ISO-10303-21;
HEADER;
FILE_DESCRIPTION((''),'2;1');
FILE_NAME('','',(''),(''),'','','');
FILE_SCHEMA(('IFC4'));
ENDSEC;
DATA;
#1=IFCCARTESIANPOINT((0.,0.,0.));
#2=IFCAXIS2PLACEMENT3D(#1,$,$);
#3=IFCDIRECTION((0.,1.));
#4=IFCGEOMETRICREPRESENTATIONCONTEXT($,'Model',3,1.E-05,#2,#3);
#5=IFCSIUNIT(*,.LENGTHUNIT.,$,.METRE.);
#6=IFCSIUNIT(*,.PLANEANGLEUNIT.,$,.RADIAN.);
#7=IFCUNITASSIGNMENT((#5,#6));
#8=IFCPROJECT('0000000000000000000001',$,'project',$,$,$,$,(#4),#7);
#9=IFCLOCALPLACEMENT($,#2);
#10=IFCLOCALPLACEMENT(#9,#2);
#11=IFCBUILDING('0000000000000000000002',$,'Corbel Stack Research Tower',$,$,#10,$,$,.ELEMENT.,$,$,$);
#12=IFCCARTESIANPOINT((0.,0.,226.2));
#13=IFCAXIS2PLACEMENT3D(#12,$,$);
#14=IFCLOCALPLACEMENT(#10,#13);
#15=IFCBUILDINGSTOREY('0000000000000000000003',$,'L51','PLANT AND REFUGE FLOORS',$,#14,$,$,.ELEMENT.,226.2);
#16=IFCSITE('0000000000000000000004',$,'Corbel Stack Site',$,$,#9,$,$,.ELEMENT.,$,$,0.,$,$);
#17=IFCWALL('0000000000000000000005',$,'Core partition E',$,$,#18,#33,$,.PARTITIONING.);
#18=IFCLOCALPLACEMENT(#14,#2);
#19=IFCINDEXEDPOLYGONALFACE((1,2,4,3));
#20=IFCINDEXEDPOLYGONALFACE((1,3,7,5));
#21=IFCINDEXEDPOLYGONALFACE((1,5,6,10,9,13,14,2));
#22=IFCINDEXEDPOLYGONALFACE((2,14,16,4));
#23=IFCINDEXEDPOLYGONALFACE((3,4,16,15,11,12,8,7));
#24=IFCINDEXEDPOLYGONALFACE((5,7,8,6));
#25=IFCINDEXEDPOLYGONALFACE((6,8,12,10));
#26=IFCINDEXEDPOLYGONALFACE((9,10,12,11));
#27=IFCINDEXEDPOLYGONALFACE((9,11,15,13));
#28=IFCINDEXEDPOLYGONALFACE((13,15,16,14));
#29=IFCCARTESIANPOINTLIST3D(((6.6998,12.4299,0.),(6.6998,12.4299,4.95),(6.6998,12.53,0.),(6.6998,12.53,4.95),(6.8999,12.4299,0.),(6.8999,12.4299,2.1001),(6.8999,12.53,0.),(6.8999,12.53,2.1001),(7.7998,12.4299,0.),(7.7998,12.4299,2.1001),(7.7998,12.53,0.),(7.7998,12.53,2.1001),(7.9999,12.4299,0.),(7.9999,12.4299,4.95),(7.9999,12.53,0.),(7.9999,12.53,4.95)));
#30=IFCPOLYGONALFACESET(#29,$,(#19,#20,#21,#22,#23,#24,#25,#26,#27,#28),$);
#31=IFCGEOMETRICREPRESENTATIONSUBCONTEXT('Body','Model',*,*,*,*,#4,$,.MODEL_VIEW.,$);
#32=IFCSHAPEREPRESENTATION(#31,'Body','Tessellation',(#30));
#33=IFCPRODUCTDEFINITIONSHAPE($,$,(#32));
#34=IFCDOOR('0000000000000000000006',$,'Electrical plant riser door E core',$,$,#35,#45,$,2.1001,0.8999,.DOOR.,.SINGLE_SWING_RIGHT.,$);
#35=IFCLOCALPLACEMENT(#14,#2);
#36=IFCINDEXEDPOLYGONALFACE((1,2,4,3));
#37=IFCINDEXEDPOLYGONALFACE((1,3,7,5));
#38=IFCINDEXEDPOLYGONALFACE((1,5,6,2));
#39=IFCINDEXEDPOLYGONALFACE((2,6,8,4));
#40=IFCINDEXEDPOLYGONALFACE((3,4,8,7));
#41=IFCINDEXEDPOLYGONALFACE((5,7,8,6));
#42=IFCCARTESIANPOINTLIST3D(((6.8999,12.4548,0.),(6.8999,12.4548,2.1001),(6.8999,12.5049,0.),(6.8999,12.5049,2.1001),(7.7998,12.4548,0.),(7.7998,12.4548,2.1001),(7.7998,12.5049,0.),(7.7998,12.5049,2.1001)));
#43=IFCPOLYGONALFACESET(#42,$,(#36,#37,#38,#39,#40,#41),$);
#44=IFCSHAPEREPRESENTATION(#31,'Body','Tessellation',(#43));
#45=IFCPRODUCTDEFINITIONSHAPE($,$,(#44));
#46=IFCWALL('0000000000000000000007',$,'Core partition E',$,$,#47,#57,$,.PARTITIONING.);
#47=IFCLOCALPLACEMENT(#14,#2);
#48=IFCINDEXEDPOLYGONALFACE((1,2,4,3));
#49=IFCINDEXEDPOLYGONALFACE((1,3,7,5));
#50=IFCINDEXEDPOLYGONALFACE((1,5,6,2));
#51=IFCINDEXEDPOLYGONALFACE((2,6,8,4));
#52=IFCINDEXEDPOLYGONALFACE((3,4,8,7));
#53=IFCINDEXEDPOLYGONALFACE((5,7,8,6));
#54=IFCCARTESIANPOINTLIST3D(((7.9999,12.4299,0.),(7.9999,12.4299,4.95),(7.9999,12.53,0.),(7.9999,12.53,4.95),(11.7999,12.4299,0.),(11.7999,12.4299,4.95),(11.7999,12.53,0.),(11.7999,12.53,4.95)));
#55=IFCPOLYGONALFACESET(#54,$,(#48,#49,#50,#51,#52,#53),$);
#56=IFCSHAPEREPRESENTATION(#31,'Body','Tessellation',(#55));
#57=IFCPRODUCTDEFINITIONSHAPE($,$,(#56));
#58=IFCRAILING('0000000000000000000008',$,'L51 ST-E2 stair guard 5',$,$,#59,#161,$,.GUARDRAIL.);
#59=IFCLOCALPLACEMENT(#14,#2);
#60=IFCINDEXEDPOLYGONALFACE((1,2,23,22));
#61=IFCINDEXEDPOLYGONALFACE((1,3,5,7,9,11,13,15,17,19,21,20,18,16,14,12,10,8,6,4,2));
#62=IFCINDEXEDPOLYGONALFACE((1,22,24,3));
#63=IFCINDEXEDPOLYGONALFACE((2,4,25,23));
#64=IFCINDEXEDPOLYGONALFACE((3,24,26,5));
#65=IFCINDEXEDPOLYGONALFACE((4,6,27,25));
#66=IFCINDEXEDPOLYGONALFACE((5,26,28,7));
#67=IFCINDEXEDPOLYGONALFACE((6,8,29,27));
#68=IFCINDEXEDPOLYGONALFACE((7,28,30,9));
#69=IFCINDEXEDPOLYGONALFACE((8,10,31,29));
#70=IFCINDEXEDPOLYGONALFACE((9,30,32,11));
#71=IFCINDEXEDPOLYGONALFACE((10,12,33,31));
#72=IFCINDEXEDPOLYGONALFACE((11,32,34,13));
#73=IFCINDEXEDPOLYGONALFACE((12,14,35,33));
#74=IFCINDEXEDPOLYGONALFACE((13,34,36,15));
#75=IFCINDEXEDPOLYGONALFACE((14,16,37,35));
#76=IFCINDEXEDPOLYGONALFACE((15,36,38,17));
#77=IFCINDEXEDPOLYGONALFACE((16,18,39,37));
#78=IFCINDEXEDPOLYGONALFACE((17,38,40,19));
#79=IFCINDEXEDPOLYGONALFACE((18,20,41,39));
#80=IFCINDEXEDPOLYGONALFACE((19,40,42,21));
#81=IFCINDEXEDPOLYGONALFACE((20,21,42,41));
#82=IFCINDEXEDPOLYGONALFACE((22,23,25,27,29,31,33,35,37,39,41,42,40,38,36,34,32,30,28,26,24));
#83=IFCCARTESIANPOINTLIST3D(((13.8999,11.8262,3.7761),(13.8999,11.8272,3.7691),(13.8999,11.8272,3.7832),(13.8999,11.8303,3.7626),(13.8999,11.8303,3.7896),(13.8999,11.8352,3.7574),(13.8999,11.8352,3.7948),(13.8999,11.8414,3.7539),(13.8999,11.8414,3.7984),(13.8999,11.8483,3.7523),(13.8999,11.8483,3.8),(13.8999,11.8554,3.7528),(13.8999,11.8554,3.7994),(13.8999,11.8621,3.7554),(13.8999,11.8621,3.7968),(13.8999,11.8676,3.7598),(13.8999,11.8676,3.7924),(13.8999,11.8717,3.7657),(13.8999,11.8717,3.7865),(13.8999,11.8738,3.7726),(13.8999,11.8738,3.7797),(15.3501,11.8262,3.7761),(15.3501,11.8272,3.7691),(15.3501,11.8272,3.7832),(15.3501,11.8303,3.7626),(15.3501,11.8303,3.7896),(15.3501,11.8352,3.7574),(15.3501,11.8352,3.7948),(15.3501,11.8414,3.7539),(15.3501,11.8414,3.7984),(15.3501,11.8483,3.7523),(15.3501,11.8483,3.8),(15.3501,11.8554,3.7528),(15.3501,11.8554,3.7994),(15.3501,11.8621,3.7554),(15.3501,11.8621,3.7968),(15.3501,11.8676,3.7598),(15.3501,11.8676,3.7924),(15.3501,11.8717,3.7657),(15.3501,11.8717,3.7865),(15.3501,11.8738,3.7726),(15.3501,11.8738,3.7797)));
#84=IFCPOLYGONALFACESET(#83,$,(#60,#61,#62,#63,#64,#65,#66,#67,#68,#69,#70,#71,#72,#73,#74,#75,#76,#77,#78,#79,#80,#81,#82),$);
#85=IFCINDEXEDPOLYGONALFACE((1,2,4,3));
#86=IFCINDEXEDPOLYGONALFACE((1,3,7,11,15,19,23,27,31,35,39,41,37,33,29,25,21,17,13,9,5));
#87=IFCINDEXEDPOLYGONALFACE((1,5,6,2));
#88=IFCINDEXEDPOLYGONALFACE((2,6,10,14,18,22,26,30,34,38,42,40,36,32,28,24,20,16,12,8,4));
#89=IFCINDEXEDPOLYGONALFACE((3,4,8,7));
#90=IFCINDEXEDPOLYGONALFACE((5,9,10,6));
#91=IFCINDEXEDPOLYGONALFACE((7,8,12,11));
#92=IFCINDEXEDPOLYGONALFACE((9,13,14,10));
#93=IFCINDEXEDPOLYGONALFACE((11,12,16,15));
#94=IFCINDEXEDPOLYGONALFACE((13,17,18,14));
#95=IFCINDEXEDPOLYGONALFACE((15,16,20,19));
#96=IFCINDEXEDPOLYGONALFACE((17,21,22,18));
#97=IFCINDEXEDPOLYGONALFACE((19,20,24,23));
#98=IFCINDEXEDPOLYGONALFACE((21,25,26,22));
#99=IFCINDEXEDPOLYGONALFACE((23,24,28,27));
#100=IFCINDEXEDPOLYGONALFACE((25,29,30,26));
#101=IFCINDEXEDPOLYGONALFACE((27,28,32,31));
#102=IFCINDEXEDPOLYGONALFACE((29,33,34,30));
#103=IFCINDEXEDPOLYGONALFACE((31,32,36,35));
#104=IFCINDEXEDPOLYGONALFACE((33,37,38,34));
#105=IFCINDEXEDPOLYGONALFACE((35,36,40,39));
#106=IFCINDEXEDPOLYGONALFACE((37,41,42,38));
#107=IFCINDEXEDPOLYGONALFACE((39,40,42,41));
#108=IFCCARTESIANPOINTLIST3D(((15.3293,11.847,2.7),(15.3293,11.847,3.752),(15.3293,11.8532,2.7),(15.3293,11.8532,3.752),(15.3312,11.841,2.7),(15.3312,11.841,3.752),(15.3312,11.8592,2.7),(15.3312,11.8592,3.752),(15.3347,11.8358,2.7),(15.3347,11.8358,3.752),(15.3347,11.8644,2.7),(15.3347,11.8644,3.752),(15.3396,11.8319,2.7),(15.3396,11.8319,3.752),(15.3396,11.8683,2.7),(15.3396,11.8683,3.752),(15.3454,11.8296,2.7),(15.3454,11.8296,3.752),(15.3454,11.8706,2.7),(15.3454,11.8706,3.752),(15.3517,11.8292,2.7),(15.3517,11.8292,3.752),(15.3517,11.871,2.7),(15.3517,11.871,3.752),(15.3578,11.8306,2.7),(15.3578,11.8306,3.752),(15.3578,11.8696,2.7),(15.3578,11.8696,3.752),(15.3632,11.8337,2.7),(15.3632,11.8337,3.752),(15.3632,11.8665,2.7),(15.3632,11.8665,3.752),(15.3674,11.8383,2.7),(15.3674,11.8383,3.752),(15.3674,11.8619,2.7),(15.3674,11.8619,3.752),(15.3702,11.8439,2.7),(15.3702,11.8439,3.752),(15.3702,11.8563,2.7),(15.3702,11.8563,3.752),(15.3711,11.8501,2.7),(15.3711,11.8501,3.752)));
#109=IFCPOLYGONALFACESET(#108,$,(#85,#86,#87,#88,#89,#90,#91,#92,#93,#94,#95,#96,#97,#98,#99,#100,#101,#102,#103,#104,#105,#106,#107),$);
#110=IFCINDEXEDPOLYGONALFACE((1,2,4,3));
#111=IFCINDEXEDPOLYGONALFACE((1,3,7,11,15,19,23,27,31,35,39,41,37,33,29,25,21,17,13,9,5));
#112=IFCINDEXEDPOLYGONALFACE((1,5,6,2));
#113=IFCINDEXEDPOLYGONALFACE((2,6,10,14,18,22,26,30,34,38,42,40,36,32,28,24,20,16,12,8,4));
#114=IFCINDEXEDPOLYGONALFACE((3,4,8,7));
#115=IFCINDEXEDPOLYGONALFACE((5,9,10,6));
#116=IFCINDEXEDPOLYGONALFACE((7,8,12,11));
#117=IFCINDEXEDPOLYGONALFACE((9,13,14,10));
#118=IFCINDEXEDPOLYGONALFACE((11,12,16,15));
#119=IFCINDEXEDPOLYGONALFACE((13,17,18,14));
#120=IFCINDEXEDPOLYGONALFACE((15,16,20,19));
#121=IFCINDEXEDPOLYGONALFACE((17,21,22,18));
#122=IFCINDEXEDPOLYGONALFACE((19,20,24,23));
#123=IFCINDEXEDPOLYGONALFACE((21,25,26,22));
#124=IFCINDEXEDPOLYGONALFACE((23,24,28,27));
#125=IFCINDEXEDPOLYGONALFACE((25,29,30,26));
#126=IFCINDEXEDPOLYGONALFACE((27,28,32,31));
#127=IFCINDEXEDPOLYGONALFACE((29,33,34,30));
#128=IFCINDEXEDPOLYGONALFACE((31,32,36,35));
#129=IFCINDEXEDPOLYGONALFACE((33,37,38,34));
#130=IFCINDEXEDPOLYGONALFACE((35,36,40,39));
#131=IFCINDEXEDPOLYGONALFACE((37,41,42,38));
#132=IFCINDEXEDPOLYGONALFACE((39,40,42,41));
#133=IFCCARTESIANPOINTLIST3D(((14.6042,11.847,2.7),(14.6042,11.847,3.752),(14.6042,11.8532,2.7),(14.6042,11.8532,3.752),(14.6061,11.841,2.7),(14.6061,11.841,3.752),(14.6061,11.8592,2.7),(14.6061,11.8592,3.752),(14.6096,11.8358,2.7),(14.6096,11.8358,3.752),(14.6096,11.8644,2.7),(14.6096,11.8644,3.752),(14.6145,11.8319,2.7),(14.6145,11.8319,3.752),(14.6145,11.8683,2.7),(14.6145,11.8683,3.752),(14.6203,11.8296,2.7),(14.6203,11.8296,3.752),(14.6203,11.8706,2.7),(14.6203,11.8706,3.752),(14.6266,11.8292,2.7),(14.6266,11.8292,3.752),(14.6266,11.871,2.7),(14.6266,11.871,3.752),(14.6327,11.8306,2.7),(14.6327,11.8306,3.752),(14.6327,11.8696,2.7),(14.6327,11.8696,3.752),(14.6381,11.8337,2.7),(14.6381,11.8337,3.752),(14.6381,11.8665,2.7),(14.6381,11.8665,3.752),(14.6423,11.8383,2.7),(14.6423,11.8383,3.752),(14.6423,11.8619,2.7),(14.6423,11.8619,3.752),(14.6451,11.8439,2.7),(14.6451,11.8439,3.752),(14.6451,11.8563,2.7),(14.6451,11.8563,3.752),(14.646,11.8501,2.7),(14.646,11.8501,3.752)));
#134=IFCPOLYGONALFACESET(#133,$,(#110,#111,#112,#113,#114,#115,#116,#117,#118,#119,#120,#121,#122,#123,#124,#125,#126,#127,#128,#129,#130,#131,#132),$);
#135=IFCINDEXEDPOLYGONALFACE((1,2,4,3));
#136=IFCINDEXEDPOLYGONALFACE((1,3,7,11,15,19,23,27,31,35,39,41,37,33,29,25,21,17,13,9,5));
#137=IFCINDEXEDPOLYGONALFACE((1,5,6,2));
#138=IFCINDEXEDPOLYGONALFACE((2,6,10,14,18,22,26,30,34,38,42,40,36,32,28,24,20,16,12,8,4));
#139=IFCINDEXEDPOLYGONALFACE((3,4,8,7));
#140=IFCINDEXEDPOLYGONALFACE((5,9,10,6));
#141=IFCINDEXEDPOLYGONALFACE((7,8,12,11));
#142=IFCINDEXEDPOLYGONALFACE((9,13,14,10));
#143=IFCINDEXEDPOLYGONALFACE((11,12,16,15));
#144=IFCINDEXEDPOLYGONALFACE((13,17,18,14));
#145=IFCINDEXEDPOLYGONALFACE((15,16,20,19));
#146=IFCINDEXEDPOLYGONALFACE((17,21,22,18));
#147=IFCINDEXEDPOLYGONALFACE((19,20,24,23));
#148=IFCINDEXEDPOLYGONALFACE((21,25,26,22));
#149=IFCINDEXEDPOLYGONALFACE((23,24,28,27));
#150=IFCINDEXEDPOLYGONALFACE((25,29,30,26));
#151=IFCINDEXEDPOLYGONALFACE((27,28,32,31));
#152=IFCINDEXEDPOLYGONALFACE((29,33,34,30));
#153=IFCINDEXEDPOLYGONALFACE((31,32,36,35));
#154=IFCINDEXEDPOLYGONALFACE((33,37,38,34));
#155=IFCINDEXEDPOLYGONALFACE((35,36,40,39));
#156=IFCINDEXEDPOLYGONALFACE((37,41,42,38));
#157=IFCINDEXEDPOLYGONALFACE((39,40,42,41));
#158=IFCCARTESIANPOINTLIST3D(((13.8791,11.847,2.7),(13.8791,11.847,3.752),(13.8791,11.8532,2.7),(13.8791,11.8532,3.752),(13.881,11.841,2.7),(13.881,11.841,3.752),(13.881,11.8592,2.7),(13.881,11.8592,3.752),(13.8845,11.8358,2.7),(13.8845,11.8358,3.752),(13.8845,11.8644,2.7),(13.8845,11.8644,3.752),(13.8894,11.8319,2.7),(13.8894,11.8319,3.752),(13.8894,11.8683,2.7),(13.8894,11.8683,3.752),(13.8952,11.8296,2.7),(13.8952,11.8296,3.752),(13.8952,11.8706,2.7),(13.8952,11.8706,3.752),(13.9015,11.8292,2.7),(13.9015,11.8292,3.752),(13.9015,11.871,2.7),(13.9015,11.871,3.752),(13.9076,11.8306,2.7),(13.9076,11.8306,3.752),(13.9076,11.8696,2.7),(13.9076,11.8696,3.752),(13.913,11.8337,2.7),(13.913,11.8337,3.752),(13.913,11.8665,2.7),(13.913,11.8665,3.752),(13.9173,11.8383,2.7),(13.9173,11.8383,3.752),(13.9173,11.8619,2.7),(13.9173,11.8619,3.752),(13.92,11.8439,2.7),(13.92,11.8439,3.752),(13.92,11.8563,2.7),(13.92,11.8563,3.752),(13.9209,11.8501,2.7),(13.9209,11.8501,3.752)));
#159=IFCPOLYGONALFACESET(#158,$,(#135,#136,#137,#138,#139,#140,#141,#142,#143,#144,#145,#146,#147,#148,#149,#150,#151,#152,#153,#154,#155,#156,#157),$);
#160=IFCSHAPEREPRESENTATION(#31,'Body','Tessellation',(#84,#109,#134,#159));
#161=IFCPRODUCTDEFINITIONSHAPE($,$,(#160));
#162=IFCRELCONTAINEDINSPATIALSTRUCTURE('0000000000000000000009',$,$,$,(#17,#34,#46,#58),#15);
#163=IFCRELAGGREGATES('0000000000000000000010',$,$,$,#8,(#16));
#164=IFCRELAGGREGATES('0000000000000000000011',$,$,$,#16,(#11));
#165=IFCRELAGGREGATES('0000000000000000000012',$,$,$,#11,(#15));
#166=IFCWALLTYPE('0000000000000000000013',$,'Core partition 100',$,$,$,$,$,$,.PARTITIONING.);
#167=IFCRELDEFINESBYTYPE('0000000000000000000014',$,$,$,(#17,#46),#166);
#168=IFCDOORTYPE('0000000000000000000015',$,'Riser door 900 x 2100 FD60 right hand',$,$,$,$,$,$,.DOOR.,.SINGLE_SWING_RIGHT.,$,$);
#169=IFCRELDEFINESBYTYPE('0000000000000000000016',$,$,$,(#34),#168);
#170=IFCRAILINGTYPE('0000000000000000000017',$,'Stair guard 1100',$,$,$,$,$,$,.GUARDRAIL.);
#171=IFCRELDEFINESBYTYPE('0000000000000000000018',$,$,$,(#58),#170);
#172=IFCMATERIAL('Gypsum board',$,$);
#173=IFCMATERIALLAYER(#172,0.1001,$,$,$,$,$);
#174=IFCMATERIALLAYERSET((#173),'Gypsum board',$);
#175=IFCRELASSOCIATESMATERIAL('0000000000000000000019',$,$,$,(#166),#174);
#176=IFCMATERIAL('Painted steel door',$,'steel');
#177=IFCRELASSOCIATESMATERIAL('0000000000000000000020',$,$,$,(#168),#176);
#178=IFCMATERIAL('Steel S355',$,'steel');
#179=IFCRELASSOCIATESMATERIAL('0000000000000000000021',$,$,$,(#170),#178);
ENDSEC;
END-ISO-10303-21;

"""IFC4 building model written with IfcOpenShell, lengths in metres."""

from ifc_helpers import new_model, si_unit, direction, frame, frame_2d, origin, origin_2d, place, context, subcontext, project, spatial, rectangle, circle, extrude, material, layer, layer_set, type_object, element, fill, save


model = new_model("IFC4")

# Units and contexts
model_context = context("Model", 3, precision=1e-05, world=origin(), true_north=direction((0.0, 1.0)))
body_context = subcontext(model_context, "Body", "Model", "MODEL_VIEW")
ifc_project = project(units=[si_unit("LENGTHUNIT", "METRE"), si_unit("PLANEANGLEUNIT", "RADIAN")], contexts=[model_context])

# Site, building, storey
site_placement = place(None, origin())
site = spatial("IfcSite", under=ifc_project, at=site_placement, Name="Corbel Stack Site", CompositionType="ELEMENT", RefElevation=0.0)
building_placement = place(site_placement, origin())
building = spatial("IfcBuilding", under=site, at=building_placement, Name="Corbel Stack Research Tower", CompositionType="ELEMENT")
storey_placement = place(building_placement, frame((0.0, 0.0, 226.2)))
storey = spatial("IfcBuildingStorey", under=building, at=storey_placement, Name="L51", Description="PLANT AND REFUGE FLOORS", CompositionType="ELEMENT", Elevation=226.2)

# Wall, opening, door
ifc_material_1 = material(Name="Gypsum board")
ifc_layer_1 = layer(ifc_material_1, 0.1001)
ifc_layer_set_1 = layer_set([ifc_layer_1], Name="Gypsum board")
wall_type_1 = type_object("IfcWallType", Name="Core partition 100", PredefinedType="PARTITIONING", material=ifc_layer_set_1)
wall_1_placement = place(storey_placement, frame((6.7, 12.48, 0.0), z_axis=(0.0, 0.0, 1.0), x_axis=(1.0, 0.0, 0.0)))
wall_1 = element("IfcWall", 1, at=wall_1_placement, inside=storey, type_object=wall_type_1, Name="Core partition E", PredefinedType="PARTITIONING", context=body_context, shape_type="SweptSolid", body=[
    extrude(rectangle(XDim=1.3, YDim=0.1001, at=frame_2d((0.6499, 0.0))), origin(), (0.0, 0.0, 1.0), 4.95),
])
opening_1_placement = place(wall_1_placement, frame((0.2, 0.0, 0.0)))
opening_1 = element("IfcOpeningElement", 2, at=opening_1_placement, cuts=wall_1, PredefinedType="OPENING", context=body_context, shape_type="SweptSolid", body=[
    extrude(rectangle(XDim=0.8999, YDim=2.1001, at=frame_2d((0.45, 1.05))), frame((0.0, 0.0601, 0.0), z_axis=(0.0, -1.0, 0.0), x_axis=(1.0, 0.0, 0.0)), (0.0, 0.0, 1.0), 0.1201),
])
ifc_material_2 = material(Name="Painted steel door", Category="steel")
door_type_1 = type_object("IfcDoorType", Name="Riser door 900 x 2100 FD60 right hand", OperationType="SINGLE_SWING_RIGHT", PredefinedType="DOOR", material=ifc_material_2)
door_1_placement = place(opening_1_placement, origin())
door_1 = element("IfcDoor", 3, at=door_1_placement, inside=storey, type_object=door_type_1, Name="Electrical plant riser door E core", OperationType="SINGLE_SWING_RIGHT", OverallHeight=2.1001, OverallWidth=0.8999, PredefinedType="DOOR", context=body_context, shape_type="SweptSolid", body=[
    extrude(rectangle(XDim=0.8999, YDim=2.1001, at=frame_2d((0.45, 1.05))), frame((0.0, 0.0249, 0.0), z_axis=(0.0, -1.0, 0.0), x_axis=(1.0, 0.0, 0.0)), (0.0, 0.0, 1.0), 0.05),
])
fill(opening_1, door_1)

# Wall
wall_2_placement = place(storey_placement, frame((8.0, 12.48, 0.0), z_axis=(0.0, 0.0, 1.0), x_axis=(1.0, 0.0, 0.0)))
element("IfcWall", 4, at=wall_2_placement, inside=storey, type_object=wall_type_1, Name="Core partition E", PredefinedType="PARTITIONING", context=body_context, shape_type="SweptSolid", body=[
    extrude(rectangle(XDim=3.8, YDim=0.1001, at=frame_2d((1.8999, 0.0))), origin(), (0.0, 0.0, 1.0), 4.95),
])

# Railing
ifc_material_3 = material(Name="Steel S355", Category="steel")
railing_type = type_object("IfcRailingType", Name="Stair guard 1100", PredefinedType="GUARDRAIL", material=ifc_material_3)
railing_placement = place(storey_placement, frame((15.3501, 11.8501, 2.7)))
element("IfcRailing", 5, at=railing_placement, inside=storey, type_object=railing_type, Name="L51 ST-E2 stair guard 5", PredefinedType="GUARDRAIL", context=body_context, shape_type="SweptSolid", body=[
    extrude(circle(Radius=0.0239, at=origin_2d()), frame((0.0, 0.0, 1.0762), z_axis=(-1.0, 0.0, 0.0), x_axis=(0.0, -1.0, 0.0)), (0.0, 0.0, 1.0), 1.4502),
    extrude(circle(Radius=0.021, at=origin_2d()), origin(), (0.0, 0.0, 1.0), 1.052),
    extrude(circle(Radius=0.021, at=origin_2d()), frame((-0.7251, 0.0, 0.0)), (0.0, 0.0, 1.0), 1.052),
    extrude(circle(Radius=0.021, at=origin_2d()), frame((-1.4502, 0.0, 0.0)), (0.0, 0.0, 1.0), 1.052),
])

save(model, "model.ifc")
